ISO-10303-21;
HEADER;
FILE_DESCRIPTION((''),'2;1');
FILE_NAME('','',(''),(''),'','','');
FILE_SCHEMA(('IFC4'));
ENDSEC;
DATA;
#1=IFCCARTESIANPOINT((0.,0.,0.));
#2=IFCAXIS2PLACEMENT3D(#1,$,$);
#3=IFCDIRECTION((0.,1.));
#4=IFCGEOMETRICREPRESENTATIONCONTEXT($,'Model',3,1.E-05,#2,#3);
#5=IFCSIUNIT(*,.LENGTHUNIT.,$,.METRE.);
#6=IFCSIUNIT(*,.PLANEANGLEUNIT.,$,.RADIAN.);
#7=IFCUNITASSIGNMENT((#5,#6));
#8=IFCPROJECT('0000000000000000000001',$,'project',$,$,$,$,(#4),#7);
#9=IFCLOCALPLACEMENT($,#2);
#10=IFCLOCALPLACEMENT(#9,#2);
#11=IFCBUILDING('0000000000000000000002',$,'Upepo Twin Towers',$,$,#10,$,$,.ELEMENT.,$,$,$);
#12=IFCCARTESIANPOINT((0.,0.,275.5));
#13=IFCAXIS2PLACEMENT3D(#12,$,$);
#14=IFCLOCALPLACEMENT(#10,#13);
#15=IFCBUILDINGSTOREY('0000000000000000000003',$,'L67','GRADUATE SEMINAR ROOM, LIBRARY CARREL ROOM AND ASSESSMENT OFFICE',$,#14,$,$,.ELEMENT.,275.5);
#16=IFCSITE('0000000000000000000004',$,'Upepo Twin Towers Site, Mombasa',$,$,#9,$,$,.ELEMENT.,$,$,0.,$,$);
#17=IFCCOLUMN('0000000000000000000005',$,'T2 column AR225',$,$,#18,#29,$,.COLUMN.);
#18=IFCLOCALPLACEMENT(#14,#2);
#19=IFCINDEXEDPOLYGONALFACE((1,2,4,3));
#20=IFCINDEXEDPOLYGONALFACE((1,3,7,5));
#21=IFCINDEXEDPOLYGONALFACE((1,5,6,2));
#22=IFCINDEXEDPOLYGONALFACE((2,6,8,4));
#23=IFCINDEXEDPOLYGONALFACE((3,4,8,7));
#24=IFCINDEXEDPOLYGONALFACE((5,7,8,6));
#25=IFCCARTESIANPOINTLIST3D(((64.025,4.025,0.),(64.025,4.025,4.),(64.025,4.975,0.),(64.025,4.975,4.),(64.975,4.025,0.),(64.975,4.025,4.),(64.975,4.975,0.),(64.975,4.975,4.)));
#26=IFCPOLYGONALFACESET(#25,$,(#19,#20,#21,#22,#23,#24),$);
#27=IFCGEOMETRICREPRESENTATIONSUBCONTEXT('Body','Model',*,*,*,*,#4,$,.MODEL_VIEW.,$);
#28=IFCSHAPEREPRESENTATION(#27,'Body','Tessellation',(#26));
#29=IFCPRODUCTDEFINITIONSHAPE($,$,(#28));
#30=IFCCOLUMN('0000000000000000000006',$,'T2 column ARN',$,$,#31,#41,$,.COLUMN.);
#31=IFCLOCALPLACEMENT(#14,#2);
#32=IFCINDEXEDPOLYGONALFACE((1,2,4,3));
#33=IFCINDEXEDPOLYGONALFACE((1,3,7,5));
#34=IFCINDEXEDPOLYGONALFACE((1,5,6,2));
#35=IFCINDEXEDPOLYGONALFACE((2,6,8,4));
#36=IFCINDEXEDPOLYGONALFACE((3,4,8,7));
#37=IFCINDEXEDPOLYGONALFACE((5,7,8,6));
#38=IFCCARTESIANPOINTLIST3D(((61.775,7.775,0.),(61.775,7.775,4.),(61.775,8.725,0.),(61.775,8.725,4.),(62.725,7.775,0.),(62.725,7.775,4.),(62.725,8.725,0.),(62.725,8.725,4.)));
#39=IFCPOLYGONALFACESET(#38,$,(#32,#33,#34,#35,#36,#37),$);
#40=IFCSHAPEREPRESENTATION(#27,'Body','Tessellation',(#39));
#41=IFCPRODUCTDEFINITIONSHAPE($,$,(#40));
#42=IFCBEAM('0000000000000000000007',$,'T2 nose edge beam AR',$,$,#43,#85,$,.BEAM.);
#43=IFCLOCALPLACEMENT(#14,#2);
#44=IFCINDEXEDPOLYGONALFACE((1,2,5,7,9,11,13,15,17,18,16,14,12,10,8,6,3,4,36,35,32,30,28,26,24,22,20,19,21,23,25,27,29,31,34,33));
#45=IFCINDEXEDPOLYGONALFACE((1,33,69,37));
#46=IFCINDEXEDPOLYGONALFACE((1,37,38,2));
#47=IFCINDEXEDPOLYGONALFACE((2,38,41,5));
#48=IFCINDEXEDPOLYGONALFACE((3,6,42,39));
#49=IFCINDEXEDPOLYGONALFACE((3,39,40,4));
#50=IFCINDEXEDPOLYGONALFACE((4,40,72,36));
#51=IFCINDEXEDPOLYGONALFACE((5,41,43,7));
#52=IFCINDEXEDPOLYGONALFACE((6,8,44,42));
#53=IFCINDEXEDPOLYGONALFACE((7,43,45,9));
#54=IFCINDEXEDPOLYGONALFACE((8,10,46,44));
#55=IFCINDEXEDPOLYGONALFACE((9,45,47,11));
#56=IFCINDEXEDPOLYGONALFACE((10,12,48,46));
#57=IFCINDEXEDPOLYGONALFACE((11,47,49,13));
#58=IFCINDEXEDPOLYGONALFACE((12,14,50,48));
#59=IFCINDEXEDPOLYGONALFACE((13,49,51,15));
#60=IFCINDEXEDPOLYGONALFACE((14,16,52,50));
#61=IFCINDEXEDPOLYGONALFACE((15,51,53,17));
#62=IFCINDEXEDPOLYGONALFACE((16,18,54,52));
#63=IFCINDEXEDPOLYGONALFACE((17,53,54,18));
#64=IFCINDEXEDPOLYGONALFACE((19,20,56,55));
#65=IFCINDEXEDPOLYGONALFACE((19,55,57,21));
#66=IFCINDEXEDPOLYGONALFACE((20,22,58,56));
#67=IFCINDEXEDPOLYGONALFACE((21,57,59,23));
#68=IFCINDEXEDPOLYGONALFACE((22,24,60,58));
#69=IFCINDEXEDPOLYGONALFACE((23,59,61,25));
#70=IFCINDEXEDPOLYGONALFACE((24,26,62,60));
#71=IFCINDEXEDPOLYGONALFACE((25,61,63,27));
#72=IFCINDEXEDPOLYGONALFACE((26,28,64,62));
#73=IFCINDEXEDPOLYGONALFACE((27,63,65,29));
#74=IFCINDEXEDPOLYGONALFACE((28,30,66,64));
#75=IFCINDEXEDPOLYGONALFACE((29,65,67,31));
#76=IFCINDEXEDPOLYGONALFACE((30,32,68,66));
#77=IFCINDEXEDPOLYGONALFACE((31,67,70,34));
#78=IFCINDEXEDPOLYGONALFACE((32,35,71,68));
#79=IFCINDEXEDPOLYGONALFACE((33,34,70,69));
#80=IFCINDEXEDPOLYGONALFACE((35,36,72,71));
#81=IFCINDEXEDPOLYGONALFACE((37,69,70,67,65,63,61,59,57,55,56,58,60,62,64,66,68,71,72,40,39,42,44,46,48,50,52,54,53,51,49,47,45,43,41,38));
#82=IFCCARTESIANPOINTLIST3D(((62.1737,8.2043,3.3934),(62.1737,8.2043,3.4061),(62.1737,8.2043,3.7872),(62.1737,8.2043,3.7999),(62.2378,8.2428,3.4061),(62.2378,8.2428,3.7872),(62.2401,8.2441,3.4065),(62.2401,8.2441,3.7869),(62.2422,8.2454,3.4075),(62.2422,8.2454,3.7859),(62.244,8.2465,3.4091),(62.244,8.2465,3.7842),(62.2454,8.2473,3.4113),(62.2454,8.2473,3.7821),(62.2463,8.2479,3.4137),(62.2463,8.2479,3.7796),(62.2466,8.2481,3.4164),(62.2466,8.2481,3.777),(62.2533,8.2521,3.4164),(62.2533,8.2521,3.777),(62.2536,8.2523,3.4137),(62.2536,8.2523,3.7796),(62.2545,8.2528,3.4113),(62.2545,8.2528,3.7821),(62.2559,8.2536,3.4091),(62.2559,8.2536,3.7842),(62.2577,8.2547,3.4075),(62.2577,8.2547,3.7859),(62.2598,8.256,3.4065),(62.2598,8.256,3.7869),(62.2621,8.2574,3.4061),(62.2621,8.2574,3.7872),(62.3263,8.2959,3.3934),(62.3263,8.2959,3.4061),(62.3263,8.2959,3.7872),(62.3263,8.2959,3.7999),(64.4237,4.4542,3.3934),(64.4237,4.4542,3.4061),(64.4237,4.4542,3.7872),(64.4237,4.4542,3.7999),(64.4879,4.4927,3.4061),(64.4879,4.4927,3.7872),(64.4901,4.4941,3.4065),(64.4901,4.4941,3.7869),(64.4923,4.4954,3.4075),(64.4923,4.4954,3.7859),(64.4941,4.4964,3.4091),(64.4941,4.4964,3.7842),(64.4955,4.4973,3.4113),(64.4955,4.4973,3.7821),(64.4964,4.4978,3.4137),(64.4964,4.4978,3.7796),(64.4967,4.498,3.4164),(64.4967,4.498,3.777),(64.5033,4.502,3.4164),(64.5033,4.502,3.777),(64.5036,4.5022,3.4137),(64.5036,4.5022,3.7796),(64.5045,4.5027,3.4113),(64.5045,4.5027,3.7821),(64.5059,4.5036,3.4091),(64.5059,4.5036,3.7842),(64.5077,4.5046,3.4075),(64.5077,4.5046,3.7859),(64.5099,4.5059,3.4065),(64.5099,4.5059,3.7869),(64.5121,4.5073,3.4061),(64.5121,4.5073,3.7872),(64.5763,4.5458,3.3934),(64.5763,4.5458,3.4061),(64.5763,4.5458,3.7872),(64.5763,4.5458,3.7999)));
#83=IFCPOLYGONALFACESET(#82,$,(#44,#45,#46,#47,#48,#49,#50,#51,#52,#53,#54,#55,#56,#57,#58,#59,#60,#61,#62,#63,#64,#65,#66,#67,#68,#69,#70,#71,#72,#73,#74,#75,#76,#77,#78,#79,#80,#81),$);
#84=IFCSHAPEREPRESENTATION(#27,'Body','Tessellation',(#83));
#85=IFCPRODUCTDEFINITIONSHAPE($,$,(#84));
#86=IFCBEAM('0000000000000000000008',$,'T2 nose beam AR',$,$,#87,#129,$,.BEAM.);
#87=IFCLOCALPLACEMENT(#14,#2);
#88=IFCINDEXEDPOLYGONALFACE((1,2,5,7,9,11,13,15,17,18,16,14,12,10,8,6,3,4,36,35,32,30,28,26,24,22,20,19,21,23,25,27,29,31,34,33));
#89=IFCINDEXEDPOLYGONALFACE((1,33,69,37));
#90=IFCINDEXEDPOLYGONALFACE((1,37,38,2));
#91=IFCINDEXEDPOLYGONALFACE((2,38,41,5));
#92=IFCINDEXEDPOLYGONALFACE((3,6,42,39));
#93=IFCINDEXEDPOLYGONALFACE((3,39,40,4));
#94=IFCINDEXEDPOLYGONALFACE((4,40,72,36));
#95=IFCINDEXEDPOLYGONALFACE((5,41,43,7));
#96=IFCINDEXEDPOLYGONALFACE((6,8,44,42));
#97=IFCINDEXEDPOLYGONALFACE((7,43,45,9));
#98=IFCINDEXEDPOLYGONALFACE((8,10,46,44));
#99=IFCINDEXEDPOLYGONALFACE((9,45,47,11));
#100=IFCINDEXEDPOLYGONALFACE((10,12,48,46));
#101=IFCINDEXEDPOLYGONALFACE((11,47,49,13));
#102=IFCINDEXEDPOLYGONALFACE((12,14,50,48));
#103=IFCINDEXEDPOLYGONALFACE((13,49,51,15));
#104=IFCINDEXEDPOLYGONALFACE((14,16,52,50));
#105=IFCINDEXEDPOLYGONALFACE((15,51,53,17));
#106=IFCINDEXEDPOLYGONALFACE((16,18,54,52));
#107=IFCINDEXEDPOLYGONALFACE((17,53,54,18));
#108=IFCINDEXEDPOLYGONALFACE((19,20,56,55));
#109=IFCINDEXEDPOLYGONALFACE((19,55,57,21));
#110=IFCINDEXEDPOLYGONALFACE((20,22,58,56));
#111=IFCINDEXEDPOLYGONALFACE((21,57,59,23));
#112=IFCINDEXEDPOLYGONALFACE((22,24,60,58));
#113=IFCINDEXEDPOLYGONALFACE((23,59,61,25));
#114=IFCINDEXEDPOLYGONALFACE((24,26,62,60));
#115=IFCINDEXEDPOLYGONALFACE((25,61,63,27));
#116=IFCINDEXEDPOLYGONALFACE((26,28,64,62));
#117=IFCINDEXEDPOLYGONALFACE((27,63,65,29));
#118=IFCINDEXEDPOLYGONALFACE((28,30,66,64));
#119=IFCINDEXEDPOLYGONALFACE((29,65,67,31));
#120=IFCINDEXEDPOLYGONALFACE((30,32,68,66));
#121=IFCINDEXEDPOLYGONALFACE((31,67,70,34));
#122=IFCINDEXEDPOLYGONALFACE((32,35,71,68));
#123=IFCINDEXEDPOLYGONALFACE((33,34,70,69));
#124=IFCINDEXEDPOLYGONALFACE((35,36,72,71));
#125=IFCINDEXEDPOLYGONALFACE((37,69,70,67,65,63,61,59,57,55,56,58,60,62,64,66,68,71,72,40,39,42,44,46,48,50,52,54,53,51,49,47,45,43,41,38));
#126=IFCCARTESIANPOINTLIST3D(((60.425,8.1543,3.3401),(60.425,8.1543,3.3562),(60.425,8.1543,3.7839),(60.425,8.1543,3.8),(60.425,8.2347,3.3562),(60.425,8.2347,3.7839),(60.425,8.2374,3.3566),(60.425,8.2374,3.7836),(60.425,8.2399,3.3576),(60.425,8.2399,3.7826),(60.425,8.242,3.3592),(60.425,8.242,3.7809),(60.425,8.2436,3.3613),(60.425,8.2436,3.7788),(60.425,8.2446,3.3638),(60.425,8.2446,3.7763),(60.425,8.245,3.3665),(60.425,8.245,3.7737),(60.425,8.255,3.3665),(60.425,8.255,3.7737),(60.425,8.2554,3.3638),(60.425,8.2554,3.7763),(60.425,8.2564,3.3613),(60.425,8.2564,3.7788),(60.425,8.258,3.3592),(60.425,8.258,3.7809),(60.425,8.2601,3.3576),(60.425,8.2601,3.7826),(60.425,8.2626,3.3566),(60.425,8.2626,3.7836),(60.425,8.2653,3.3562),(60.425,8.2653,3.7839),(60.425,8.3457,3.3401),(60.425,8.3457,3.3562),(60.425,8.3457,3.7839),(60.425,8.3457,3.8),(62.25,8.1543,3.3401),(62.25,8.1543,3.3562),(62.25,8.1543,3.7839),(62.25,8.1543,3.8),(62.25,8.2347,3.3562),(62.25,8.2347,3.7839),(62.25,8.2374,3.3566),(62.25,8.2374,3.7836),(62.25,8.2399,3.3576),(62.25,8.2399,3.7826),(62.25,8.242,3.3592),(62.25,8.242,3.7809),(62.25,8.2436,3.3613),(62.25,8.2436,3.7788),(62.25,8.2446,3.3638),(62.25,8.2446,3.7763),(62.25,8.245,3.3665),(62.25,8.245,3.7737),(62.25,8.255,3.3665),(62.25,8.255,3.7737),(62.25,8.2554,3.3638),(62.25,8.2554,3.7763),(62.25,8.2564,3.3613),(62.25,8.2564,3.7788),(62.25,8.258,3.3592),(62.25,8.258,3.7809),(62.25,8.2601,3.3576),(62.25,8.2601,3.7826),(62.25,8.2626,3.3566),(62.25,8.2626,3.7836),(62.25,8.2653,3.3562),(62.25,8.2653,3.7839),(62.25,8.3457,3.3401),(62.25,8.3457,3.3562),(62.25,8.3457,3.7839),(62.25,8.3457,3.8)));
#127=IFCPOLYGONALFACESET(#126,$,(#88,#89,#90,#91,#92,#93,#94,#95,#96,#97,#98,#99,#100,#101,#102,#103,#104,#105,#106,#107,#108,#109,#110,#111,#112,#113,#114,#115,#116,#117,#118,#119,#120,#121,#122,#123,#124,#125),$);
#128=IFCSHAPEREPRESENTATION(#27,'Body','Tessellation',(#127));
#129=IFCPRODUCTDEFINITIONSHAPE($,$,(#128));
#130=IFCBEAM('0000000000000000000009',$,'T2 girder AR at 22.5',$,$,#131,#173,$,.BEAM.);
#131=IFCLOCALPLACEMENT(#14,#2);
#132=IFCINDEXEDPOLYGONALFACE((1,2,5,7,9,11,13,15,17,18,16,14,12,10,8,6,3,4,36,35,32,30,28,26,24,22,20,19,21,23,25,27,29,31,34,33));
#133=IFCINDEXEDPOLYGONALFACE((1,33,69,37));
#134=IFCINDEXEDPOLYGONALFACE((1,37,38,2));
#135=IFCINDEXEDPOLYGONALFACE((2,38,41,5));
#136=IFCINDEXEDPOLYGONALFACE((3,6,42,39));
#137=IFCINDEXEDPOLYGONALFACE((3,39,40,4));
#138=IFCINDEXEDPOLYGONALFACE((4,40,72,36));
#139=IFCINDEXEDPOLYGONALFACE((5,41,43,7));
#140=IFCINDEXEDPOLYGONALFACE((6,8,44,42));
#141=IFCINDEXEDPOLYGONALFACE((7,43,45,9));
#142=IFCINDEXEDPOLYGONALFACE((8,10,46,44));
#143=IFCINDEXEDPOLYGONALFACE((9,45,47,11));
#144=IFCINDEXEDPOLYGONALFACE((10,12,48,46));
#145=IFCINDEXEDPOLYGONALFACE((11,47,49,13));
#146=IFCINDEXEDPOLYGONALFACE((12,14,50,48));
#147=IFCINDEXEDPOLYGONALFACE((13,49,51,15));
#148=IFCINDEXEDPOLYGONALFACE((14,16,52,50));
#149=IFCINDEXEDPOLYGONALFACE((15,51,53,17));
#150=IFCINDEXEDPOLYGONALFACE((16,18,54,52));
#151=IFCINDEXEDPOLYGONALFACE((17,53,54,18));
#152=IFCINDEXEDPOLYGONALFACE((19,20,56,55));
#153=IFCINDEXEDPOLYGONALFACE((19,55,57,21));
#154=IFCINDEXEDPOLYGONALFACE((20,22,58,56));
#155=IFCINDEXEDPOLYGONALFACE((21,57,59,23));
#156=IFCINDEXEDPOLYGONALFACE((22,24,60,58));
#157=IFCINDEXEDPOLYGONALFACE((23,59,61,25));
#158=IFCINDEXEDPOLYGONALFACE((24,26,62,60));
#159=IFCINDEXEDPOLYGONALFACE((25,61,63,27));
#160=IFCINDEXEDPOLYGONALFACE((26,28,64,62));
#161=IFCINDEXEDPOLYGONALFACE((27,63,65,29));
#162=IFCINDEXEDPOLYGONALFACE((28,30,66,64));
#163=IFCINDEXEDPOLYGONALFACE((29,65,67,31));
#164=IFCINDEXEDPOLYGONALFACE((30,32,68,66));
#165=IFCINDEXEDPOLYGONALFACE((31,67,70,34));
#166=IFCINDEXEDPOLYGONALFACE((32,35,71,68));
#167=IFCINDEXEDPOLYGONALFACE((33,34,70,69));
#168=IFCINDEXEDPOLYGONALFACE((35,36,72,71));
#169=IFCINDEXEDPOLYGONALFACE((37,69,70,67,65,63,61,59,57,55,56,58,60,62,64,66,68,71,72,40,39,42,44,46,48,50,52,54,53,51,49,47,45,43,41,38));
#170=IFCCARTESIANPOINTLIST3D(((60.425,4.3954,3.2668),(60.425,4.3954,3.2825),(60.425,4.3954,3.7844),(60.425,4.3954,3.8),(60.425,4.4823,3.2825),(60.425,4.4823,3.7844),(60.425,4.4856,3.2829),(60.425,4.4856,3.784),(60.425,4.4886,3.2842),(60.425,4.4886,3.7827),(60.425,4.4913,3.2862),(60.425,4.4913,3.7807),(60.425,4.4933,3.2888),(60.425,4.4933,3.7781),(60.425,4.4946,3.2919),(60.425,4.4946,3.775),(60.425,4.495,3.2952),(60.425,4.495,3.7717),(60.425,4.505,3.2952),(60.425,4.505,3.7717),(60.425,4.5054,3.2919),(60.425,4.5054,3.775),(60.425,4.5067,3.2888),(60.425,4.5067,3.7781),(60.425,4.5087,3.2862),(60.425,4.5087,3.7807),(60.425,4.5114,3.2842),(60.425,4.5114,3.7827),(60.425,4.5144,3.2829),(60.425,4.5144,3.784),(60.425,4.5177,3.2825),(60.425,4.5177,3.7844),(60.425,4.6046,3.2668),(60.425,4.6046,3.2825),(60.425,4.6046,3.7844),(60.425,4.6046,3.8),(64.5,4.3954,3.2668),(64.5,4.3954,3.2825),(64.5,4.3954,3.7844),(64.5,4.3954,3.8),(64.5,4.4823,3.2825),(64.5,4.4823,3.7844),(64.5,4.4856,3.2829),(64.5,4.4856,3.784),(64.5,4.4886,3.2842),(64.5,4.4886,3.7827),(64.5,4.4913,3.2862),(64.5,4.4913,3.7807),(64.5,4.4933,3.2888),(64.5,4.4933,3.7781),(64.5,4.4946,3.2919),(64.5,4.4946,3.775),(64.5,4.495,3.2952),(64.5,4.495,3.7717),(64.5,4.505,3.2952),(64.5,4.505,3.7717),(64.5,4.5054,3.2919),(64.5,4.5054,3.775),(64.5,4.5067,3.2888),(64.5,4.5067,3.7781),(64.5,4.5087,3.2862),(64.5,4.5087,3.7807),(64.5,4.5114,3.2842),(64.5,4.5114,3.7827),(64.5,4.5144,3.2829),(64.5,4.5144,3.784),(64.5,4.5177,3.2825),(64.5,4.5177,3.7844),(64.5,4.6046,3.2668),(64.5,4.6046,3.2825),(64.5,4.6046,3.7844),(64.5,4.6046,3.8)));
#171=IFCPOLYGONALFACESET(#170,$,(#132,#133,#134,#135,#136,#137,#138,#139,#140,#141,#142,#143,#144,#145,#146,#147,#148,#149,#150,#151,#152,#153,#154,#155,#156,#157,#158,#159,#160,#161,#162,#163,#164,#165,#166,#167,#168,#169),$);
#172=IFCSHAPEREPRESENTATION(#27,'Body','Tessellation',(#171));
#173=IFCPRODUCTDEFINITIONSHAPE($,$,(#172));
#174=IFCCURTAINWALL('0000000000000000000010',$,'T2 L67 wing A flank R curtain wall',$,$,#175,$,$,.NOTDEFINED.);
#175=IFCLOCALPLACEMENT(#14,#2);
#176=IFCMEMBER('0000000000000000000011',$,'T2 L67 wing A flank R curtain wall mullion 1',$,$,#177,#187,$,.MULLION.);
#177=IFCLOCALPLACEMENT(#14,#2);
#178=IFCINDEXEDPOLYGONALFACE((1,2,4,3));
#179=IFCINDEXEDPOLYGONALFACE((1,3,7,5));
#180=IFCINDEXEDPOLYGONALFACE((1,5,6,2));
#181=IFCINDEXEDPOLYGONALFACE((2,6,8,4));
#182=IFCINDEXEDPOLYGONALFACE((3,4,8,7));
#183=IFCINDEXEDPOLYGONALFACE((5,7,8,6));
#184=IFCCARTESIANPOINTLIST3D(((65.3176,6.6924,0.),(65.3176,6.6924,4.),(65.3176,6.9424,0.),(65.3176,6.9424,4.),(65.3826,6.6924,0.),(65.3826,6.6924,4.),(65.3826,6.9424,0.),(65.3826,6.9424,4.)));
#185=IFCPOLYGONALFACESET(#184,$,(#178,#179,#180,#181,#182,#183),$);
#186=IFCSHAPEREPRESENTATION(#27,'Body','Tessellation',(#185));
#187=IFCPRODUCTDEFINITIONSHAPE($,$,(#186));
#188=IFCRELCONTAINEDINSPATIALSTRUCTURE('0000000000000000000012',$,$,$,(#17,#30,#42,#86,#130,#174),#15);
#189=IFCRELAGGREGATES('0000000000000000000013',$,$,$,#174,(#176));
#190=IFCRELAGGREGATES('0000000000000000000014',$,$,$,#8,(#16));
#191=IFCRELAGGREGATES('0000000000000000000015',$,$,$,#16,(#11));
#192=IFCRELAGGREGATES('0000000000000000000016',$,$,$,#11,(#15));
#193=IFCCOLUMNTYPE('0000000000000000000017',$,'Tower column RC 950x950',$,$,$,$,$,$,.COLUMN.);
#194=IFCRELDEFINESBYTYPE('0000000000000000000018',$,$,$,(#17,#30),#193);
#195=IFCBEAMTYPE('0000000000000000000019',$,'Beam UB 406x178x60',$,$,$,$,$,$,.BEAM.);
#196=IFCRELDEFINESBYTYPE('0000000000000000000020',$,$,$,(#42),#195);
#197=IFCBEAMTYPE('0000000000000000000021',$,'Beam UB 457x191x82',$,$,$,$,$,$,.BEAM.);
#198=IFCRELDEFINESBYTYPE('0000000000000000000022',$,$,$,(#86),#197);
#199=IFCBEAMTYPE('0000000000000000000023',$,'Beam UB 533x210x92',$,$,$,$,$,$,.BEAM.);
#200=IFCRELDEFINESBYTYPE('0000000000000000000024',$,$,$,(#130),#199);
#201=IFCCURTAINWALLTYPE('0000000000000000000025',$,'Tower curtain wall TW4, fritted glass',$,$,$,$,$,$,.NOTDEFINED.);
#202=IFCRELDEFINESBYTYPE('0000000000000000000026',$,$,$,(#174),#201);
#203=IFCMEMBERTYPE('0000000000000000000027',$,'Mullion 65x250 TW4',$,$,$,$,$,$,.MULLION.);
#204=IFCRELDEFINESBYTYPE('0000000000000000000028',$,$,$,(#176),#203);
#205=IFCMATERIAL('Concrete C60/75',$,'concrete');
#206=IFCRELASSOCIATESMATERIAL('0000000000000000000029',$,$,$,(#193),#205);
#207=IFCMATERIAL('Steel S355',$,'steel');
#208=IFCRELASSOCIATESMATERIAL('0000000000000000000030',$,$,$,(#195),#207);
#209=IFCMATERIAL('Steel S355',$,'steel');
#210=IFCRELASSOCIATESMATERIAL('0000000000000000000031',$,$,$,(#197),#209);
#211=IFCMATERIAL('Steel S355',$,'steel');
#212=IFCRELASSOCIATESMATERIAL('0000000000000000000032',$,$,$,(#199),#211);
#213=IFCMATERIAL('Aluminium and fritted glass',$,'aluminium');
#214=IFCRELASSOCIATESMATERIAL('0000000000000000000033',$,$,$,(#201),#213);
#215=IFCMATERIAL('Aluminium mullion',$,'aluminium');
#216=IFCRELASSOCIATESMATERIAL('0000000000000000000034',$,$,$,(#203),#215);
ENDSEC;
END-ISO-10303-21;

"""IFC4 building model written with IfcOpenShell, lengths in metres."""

from ifc_helpers import new_model, si_unit, direction, frame, origin, origin_2d, place, context, subcontext, project, spatial, rectangle, i_section, extrude, material, material_profile, profile_set, type_object, element, aggregate, save


model = new_model("IFC4")

# Units and contexts
model_context = context("Model", 3, precision=1e-05, world=origin(), true_north=direction((0.0, 1.0)))
body_context = subcontext(model_context, "Body", "Model", "MODEL_VIEW")
ifc_project = project(units=[si_unit("LENGTHUNIT", "METRE"), si_unit("PLANEANGLEUNIT", "RADIAN")], contexts=[model_context])

# Site, building, storey
site_placement = place(None, origin())
site = spatial("IfcSite", under=ifc_project, at=site_placement, Name="Upepo Twin Towers Site, Mombasa", CompositionType="ELEMENT", RefElevation=0.0)
building_placement = place(site_placement, origin())
building = spatial("IfcBuilding", under=site, at=building_placement, Name="Upepo Twin Towers", CompositionType="ELEMENT")
storey_placement = place(building_placement, frame((0.0, 0.0, 275.5)))
storey = spatial("IfcBuildingStorey", under=building, at=storey_placement, Name="L67", Description="GRADUATE SEMINAR ROOM, LIBRARY CARREL ROOM AND ASSESSMENT OFFICE", CompositionType="ELEMENT", Elevation=275.5)

# Columns
ifc_material_1 = material(Name="Concrete C60/75", Category="concrete")
ifc_material_profile_1 = material_profile(ifc_material_1, rectangle(XDim=0.95, YDim=0.95, at=origin_2d()), Name="RC 950x950")
ifc_profile_set_1 = profile_set([ifc_material_profile_1], Name="Concrete C60/75")
column_type = type_object("IfcColumnType", Name="Tower column RC 950x950", PredefinedType="COLUMN", material=ifc_profile_set_1)
for number, where, z_axis, x_axis, name in (
    (1, (64.5, 4.5, 0.0), (0.0, 0.0, 1.0), (1.0, 0.0, 0.0), "T2 column AR225"),
    (2, (62.25, 8.25, 0.0), (0.0, 0.0, 1.0), (1.0, 0.0, 0.0), "T2 column ARN"),
):
    element("IfcColumn", number, at=place(storey_placement, frame(where, z_axis=z_axis, x_axis=x_axis)), inside=storey, type_object=column_type, Name=name, PredefinedType="COLUMN", context=body_context, shape_type="SweptSolid", body=[
        extrude(rectangle(XDim=0.95, YDim=0.95, at=origin_2d()), origin(), (0.0, 0.0, 1.0), 4.0),
    ])

# Beams
ifc_material_2 = material(Name="Steel S355", Category="steel")
ifc_material_profile_2 = material_profile(ifc_material_2, i_section(OverallWidth=0.178, OverallDepth=0.4065, WebThickness=0.0078, FlangeThickness=0.0127, FilletRadius=0.0103, at=origin_2d()), Name="UB 406x178x60")
ifc_profile_set_2 = profile_set([ifc_material_profile_2], Name="Steel S355")
beam_type_1 = type_object("IfcBeamType", Name="Beam UB 406x178x60", PredefinedType="BEAM", material=ifc_profile_set_2)
beam_1_placement = place(storey_placement, frame((64.5, 4.5, 3.5967), z_axis=(-0.514496, 0.857493, 0.0), x_axis=(-0.857493, -0.514496, 0.0)))
element("IfcBeam", 3, at=beam_1_placement, inside=storey, type_object=beam_type_1, Name="T2 nose edge beam AR", PredefinedType="BEAM", context=body_context, shape_type="SweptSolid", body=[
    extrude(i_section(OverallWidth=0.178, OverallDepth=0.4065, WebThickness=0.0078, FlangeThickness=0.0127, FilletRadius=0.0103, at=origin_2d()), origin(), (0.0, 0.0, 1.0), 4.3733),
])
ifc_material_3 = material(Name="Steel S355", Category="steel")
ifc_material_profile_3 = material_profile(ifc_material_3, i_section(OverallWidth=0.1914, OverallDepth=0.46, WebThickness=0.01, FlangeThickness=0.0161, FilletRadius=0.0103, at=origin_2d()), Name="UB 457x191x82")
ifc_profile_set_3 = profile_set([ifc_material_profile_3], Name="Steel S355")
beam_type_2 = type_object("IfcBeamType", Name="Beam UB 457x191x82", PredefinedType="BEAM", material=ifc_profile_set_3)
beam_2_placement = place(storey_placement, frame((62.25, 8.25, 3.5701), z_axis=(-1.0, 0.0, 0.0), x_axis=(0.0, -1.0, 0.0)))
element("IfcBeam", 4, at=beam_2_placement, inside=storey, type_object=beam_type_2, Name="T2 nose beam AR", PredefinedType="BEAM", context=body_context, shape_type="SweptSolid", body=[
    extrude(i_section(OverallWidth=0.1914, OverallDepth=0.46, WebThickness=0.01, FlangeThickness=0.0161, FilletRadius=0.0103, at=origin_2d()), origin(), (0.0, 0.0, 1.0), 1.825),
])
ifc_material_4 = material(Name="Steel S355", Category="steel")
ifc_material_profile_4 = material_profile(ifc_material_4, i_section(OverallWidth=0.2092, OverallDepth=0.5332, WebThickness=0.01, FlangeThickness=0.0156, FilletRadius=0.0127, at=origin_2d()), Name="UB 533x210x92")
ifc_profile_set_4 = profile_set([ifc_material_profile_4], Name="Steel S355")
beam_type_3 = type_object("IfcBeamType", Name="Beam UB 533x210x92", PredefinedType="BEAM", material=ifc_profile_set_4)
beam_3_placement = place(storey_placement, frame((64.5, 4.5, 3.5334), z_axis=(-1.0, 0.0, 0.0), x_axis=(0.0, -1.0, 0.0)))
element("IfcBeam", 5, at=beam_3_placement, inside=storey, type_object=beam_type_3, Name="T2 girder AR at 22.5", PredefinedType="BEAM", context=body_context, shape_type="SweptSolid", body=[
    extrude(i_section(OverallWidth=0.2092, OverallDepth=0.5332, WebThickness=0.01, FlangeThickness=0.0156, FilletRadius=0.0127, at=origin_2d()), origin(), (0.0, 0.0, 1.0), 4.075),
])

# Curtain wall, member
ifc_material_5 = material(Name="Aluminium and fritted glass", Category="aluminium")
curtain_wall_type = type_object("IfcCurtainWallType", Name="Tower curtain wall TW4, fritted glass", PredefinedType="NOTDEFINED", material=ifc_material_5)
curtain_wall_1_placement = place(storey_placement, origin())
curtain_wall_1 = element("IfcCurtainWall", 6, at=curtain_wall_1_placement, inside=storey, type_object=curtain_wall_type, Name="T2 L67 wing A flank R curtain wall", PredefinedType="NOTDEFINED")
ifc_material_6 = material(Name="Aluminium mullion", Category="aluminium")
ifc_material_profile_5 = material_profile(ifc_material_6, rectangle(XDim=0.0649, YDim=0.25, at=origin_2d()), Name="MULLION 65x250")
ifc_profile_set_5 = profile_set([ifc_material_profile_5], Name="Aluminium mullion")
member_type_1 = type_object("IfcMemberType", Name="Mullion 65x250 TW4", PredefinedType="MULLION", material=ifc_profile_set_5)
member_1_placement = place(storey_placement, frame((65.3501, 6.8174, 0.0), z_axis=(0.0, 0.0, 1.0), x_axis=(1.0, 0.0, 0.0)))
member_1 = element("IfcMember", 7, at=member_1_placement, type_object=member_type_1, Name="T2 L67 wing A flank R curtain wall mullion 1", PredefinedType="MULLION", context=body_context, shape_type="SweptSolid", body=[
    extrude(rectangle(XDim=0.0649, YDim=0.25, at=origin_2d()), origin(), (0.0, 0.0, 1.0), 4.0),
])

aggregate(curtain_wall_1, [member_1])

save(model, "model.ifc")
